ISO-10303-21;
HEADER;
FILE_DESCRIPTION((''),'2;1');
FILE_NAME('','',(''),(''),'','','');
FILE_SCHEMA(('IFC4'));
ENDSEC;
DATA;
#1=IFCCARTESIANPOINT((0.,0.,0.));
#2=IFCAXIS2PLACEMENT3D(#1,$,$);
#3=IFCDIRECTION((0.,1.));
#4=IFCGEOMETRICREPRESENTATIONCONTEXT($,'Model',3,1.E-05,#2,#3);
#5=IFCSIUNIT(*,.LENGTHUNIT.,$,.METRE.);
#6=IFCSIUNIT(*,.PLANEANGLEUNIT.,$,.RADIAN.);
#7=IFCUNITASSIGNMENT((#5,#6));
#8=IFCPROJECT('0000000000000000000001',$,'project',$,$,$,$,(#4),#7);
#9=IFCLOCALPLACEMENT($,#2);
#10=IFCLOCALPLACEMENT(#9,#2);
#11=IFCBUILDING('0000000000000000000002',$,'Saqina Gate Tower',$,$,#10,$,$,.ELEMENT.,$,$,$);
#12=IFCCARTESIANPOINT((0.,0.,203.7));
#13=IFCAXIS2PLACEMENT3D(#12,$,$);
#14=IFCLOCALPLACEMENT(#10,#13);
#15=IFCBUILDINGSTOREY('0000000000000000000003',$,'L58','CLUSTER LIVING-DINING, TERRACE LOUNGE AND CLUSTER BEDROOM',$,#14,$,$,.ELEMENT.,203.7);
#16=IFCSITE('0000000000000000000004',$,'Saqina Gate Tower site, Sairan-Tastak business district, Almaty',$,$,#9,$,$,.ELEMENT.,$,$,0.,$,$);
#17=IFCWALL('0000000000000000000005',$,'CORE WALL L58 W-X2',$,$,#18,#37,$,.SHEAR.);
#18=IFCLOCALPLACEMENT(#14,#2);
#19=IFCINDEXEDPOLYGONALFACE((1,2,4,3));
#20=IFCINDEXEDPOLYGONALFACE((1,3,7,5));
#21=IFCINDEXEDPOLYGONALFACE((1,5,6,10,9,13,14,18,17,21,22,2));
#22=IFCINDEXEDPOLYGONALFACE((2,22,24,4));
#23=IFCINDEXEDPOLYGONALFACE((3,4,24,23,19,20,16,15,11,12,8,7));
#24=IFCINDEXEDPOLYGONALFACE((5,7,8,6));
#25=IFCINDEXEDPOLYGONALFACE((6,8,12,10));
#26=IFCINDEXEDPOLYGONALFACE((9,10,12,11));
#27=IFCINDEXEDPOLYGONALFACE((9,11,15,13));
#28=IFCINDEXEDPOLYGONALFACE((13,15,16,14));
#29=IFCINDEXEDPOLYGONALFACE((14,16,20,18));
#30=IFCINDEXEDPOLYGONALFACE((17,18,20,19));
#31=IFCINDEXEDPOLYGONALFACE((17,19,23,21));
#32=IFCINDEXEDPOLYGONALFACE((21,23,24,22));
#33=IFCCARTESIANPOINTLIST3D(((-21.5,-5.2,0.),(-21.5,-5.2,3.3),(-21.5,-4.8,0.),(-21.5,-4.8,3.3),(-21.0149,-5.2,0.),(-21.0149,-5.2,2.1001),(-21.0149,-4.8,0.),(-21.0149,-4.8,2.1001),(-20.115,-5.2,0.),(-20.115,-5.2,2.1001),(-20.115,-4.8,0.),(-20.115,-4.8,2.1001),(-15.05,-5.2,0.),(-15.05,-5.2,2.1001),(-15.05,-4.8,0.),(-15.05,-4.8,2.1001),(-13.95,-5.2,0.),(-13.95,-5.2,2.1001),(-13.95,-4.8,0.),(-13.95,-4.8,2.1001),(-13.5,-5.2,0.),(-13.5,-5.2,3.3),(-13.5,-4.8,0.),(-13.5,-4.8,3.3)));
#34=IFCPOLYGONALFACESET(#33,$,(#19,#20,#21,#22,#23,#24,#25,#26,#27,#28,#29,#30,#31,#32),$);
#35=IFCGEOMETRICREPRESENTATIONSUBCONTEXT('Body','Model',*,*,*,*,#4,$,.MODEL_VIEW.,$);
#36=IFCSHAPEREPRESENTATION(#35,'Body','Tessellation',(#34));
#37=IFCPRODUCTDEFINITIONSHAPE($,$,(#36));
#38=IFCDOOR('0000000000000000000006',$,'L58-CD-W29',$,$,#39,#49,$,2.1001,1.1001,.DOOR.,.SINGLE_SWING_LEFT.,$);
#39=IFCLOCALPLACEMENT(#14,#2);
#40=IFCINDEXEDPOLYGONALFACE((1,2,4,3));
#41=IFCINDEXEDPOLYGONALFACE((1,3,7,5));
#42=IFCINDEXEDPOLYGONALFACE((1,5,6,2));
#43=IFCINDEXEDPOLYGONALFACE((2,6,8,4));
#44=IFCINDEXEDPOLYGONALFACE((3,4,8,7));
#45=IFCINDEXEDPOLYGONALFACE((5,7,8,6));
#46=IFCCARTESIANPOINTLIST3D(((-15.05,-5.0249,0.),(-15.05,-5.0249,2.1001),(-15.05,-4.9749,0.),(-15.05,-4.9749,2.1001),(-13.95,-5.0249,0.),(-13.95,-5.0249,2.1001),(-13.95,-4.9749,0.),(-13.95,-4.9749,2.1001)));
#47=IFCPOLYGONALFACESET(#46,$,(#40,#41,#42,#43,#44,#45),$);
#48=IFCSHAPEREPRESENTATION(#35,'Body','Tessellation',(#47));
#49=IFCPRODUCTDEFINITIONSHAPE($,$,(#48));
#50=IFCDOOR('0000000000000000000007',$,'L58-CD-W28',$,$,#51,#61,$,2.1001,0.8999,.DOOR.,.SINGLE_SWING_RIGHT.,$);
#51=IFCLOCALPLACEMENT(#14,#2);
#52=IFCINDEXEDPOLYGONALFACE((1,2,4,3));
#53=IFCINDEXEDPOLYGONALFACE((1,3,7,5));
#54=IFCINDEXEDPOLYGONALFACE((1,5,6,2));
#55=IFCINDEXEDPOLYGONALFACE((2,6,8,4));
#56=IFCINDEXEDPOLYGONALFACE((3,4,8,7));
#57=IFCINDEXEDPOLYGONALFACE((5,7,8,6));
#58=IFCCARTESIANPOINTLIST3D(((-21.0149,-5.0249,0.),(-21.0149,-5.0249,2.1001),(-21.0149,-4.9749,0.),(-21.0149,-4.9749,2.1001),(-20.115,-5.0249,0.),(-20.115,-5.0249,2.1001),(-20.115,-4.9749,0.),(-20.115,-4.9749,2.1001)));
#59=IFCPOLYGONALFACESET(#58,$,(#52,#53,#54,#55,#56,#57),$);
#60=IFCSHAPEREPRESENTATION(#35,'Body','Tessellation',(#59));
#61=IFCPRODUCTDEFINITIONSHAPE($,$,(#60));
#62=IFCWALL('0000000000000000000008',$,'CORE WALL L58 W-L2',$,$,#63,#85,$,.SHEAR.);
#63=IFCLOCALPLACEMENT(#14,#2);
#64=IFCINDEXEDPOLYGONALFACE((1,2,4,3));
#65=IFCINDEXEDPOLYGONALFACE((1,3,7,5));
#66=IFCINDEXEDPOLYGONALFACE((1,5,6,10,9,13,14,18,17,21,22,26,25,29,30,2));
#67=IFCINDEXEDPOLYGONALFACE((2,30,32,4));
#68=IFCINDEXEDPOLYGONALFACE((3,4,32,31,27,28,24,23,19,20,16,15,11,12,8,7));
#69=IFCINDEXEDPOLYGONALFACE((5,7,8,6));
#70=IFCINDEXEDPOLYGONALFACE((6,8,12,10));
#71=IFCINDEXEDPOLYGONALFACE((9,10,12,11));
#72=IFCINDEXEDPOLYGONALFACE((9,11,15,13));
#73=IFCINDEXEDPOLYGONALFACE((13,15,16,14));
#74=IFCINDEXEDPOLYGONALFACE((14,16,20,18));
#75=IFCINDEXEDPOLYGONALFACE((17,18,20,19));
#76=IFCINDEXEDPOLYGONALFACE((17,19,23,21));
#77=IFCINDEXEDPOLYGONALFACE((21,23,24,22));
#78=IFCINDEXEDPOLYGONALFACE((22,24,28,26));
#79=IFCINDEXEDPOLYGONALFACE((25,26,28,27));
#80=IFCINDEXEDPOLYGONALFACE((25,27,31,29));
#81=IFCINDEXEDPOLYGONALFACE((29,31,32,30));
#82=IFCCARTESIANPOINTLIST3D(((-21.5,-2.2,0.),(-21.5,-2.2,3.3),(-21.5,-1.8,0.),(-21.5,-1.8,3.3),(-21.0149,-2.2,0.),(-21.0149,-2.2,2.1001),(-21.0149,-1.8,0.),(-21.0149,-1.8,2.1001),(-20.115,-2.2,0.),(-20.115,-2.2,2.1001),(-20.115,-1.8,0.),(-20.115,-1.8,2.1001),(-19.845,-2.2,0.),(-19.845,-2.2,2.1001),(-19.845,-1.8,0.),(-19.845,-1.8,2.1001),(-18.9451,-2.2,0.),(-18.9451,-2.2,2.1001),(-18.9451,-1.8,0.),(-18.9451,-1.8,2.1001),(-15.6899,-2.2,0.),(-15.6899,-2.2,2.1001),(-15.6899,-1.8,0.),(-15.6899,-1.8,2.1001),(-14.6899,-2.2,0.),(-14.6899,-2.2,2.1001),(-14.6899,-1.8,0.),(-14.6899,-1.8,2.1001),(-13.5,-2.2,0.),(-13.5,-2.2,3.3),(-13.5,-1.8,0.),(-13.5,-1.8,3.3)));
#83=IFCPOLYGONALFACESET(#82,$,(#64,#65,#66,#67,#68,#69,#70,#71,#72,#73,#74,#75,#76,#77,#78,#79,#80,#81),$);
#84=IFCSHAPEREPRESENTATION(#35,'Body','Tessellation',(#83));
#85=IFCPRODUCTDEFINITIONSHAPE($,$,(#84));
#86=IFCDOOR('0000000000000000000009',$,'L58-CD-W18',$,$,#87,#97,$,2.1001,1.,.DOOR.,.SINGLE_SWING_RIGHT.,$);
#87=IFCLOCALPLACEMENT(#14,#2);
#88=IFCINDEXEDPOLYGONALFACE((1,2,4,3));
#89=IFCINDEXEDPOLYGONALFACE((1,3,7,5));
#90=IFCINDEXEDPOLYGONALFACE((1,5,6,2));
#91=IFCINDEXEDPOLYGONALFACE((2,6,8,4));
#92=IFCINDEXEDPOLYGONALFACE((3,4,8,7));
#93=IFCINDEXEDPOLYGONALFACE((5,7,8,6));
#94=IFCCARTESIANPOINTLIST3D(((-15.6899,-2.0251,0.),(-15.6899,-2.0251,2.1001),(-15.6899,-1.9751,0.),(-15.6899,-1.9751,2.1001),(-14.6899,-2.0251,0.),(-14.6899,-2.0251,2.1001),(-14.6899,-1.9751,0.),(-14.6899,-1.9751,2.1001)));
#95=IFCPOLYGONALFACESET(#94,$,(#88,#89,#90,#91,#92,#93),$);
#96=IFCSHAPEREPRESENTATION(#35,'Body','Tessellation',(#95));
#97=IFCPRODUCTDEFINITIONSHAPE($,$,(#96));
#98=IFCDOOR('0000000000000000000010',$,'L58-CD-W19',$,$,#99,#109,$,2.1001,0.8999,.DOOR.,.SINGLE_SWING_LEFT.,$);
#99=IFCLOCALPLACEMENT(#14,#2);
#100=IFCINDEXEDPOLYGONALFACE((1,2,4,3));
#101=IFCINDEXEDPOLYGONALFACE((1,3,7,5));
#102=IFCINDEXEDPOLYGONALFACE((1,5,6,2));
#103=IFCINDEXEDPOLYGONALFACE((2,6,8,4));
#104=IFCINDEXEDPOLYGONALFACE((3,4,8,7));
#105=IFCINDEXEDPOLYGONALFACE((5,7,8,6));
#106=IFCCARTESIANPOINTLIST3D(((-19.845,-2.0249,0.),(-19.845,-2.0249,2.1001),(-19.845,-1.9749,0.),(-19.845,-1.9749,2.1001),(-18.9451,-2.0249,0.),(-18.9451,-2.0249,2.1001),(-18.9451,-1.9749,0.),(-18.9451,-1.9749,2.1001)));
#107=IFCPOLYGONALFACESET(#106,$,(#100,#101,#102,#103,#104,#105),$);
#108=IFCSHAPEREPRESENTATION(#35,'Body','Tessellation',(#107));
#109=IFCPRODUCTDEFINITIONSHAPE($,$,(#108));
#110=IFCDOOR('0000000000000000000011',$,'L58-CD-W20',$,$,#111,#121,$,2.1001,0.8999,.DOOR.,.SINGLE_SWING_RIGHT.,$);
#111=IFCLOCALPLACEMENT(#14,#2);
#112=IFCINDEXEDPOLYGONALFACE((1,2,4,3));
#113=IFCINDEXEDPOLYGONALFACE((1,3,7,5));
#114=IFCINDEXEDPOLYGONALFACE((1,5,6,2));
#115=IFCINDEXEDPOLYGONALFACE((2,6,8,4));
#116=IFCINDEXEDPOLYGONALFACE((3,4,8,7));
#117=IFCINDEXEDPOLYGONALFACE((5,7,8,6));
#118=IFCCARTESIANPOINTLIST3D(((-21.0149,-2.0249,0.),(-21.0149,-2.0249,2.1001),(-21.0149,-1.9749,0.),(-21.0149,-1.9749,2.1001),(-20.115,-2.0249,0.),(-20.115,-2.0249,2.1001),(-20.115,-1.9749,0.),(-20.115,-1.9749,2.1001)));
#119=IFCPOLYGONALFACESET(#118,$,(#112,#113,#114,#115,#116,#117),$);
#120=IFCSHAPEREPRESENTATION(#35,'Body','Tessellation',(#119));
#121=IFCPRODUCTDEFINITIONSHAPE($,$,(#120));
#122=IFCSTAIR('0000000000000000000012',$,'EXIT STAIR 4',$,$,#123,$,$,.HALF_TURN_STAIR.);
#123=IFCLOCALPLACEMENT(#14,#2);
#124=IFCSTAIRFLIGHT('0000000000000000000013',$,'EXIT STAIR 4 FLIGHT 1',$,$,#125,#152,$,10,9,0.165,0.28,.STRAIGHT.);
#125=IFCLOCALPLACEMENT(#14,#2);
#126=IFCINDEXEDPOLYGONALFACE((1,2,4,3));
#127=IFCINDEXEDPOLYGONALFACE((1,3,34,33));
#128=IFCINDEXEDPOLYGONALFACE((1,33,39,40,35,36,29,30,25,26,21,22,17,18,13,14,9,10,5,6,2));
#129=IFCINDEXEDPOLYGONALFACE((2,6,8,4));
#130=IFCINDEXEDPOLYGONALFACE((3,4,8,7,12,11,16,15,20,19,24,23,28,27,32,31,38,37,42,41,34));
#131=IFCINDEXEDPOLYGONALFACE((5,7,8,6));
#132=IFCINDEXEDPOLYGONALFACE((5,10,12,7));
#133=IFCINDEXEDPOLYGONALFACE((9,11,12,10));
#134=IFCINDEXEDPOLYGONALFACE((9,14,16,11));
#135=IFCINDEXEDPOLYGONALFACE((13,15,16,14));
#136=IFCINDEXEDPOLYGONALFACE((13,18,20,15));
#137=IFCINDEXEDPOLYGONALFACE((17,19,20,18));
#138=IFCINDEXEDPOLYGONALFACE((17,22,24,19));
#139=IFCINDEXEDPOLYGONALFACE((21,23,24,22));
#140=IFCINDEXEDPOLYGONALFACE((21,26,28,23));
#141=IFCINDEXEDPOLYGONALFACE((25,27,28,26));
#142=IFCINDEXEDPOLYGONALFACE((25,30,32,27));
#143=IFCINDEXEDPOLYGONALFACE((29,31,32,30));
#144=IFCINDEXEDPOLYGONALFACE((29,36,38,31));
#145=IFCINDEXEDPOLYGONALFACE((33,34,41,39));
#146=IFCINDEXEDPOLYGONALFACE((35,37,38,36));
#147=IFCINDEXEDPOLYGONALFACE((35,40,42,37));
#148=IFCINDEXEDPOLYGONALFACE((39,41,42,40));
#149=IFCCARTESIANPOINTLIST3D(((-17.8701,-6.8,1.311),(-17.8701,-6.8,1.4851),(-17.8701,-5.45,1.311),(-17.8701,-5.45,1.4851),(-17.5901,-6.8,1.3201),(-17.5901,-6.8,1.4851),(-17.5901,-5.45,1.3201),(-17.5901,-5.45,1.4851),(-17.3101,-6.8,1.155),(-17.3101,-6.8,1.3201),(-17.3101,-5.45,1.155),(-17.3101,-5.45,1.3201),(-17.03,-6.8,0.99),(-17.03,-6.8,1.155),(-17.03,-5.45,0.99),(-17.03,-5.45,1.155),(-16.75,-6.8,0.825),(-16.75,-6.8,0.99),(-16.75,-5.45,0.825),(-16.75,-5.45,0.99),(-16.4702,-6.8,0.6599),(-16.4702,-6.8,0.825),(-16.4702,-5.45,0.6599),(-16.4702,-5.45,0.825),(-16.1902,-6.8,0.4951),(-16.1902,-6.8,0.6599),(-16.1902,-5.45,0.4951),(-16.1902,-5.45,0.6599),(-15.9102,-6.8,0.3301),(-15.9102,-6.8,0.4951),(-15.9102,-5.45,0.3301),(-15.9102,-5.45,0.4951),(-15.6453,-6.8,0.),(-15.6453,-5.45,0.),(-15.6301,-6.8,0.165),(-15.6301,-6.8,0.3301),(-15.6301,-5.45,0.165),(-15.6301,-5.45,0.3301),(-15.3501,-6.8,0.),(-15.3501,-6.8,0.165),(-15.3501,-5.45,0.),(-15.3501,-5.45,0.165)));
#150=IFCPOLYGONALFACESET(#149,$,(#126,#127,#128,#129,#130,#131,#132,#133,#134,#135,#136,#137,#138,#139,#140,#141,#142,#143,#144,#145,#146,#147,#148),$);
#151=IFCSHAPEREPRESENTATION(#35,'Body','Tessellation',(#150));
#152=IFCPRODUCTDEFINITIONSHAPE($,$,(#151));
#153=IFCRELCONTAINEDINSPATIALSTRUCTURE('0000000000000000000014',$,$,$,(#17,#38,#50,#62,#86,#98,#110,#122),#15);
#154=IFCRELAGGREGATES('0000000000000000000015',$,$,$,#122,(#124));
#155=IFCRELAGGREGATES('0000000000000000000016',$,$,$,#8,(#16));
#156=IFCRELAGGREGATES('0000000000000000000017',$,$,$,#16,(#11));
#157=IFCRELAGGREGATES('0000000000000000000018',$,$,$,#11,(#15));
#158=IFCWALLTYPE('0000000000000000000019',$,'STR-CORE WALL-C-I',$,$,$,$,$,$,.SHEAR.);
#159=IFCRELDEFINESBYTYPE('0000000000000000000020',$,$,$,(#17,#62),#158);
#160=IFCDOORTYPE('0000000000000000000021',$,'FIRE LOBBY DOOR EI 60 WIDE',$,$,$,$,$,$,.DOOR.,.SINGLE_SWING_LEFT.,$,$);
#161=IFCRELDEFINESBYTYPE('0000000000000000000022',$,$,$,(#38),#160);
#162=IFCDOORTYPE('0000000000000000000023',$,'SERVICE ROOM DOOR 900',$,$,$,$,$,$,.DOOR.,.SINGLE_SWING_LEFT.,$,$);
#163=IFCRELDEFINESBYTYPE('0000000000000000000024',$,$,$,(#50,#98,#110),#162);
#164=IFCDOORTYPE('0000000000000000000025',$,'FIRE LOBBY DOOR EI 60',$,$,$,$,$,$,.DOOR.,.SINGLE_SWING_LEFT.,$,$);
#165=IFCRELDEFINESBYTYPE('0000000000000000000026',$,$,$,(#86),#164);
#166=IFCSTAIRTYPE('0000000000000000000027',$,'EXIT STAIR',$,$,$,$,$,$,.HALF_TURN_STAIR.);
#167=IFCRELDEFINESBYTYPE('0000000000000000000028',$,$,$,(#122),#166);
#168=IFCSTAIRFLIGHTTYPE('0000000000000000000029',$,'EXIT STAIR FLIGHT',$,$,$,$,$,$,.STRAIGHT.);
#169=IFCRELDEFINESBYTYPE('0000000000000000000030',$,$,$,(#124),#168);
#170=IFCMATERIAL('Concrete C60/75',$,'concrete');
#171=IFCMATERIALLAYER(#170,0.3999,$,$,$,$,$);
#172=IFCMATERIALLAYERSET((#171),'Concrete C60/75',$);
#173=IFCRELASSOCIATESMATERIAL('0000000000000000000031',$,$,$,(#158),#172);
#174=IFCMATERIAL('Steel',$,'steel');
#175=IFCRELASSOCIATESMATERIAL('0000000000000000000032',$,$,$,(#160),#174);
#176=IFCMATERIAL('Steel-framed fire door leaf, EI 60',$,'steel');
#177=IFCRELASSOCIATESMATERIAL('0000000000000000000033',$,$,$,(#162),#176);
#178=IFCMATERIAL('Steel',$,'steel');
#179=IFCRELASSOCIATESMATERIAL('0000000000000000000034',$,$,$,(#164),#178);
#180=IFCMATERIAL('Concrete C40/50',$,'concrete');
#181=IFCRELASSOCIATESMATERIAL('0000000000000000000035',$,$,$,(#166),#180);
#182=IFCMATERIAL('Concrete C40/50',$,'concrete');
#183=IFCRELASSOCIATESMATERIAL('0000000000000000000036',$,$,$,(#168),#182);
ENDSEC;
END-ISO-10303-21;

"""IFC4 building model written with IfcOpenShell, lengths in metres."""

from ifc_helpers import new_model, si_unit, direction, frame, frame_2d, origin, place, context, subcontext, project, spatial, polyline, rectangle, outline, extrude, material, layer, layer_set, type_object, element, fill, aggregate, save


model = new_model("IFC4")

# Units and contexts
model_context = context("Model", 3, precision=1e-05, world=origin(), true_north=direction((0.0, 1.0)))
body_context = subcontext(model_context, "Body", "Model", "MODEL_VIEW")
ifc_project = project(units=[si_unit("LENGTHUNIT", "METRE"), si_unit("PLANEANGLEUNIT", "RADIAN")], contexts=[model_context])

# Site, building, storey
site_placement = place(None, origin())
site = spatial("IfcSite", under=ifc_project, at=site_placement, Name="Saqina Gate Tower site, Sairan-Tastak business district, Almaty", CompositionType="ELEMENT", RefElevation=0.0)
building_placement = place(site_placement, origin())
building = spatial("IfcBuilding", under=site, at=building_placement, Name="Saqina Gate Tower", CompositionType="ELEMENT")
storey_placement = place(building_placement, frame((0.0, 0.0, 203.7)))
storey = spatial("IfcBuildingStorey", under=building, at=storey_placement, Name="L58", Description="CLUSTER LIVING-DINING, TERRACE LOUNGE AND CLUSTER BEDROOM", CompositionType="ELEMENT", Elevation=203.7)

# Walls, openings, doors
ifc_material_1 = material(Name="Concrete C60/75", Category="concrete")
ifc_layer_1 = layer(ifc_material_1, 0.3999)
ifc_layer_set_1 = layer_set([ifc_layer_1], Name="Concrete C60/75")
wall_type_1 = type_object("IfcWallType", Name="STR-CORE WALL-C-I", PredefinedType="SHEAR", material=ifc_layer_set_1)
wall_1_placement = place(storey_placement, frame((-13.5, -5.0, 0.0), z_axis=(0.0, 0.0, 1.0), x_axis=(-1.0, 0.0, 0.0)))
wall_1 = element("IfcWall", 1, at=wall_1_placement, inside=storey, type_object=wall_type_1, Name="CORE WALL L58 W-X2", PredefinedType="SHEAR", context=body_context, shape_type="SweptSolid", body=[
    extrude(rectangle(XDim=8.0, YDim=0.3999, at=frame_2d((4.0, 0.0))), origin(), (0.0, 0.0, 1.0), 3.3),
])
opening_1_placement = place(wall_1_placement, frame((6.615, 0.0, 0.0)))
opening_1 = element("IfcOpeningElement", 2, at=opening_1_placement, cuts=wall_1, PredefinedType="OPENING", context=body_context, shape_type="SweptSolid", body=[
    extrude(rectangle(XDim=0.8999, YDim=2.1001, at=frame_2d((0.45, 1.05))), frame((0.0, 0.2119, 0.0), z_axis=(0.0, -1.0, 0.0), x_axis=(1.0, 0.0, 0.0)), (0.0, 0.0, 1.0), 0.4238),
])
opening_2_placement = place(wall_1_placement, frame((0.45, 0.0, 0.0)))
opening_2 = element("IfcOpeningElement", 3, at=opening_2_placement, cuts=wall_1, PredefinedType="OPENING", context=body_context, shape_type="SweptSolid", body=[
    extrude(rectangle(XDim=1.1001, YDim=2.1001, at=frame_2d((0.55, 1.05))), frame((0.0, 0.2119, 0.0), z_axis=(0.0, -1.0, 0.0), x_axis=(1.0, 0.0, 0.0)), (0.0, 0.0, 1.0), 0.4238),
])
ifc_material_2 = material(Name="Steel", Category="steel")
door_type_1 = type_object("IfcDoorType", Name="FIRE LOBBY DOOR EI 60 WIDE", OperationType="SINGLE_SWING_LEFT", PredefinedType="DOOR", material=ifc_material_2)
door_1_placement = place(opening_2_placement, origin())
door_1 = element("IfcDoor", 4, at=door_1_placement, inside=storey, type_object=door_type_1, Name="L58-CD-W29", OperationType="SINGLE_SWING_LEFT", OverallHeight=2.1001, OverallWidth=1.1001, PredefinedType="DOOR", context=body_context, shape_type="SweptSolid", body=[
    extrude(rectangle(XDim=1.1001, YDim=2.1001, at=frame_2d((0.55, 1.05))), frame((0.0, 0.0249, 0.0), z_axis=(0.0, -1.0, 0.0), x_axis=(1.0, 0.0, 0.0)), (0.0, 0.0, 1.0), 0.05),
])
fill(opening_2, door_1)
ifc_material_3 = material(Name="Steel-framed fire door leaf, EI 60", Category="steel")
door_type_2 = type_object("IfcDoorType", Name="SERVICE ROOM DOOR 900", OperationType="SINGLE_SWING_LEFT", PredefinedType="DOOR", material=ifc_material_3)
door_2_placement = place(opening_1_placement, origin())
door_2 = element("IfcDoor", 5, at=door_2_placement, inside=storey, type_object=door_type_2, Name="L58-CD-W28", OperationType="SINGLE_SWING_RIGHT", OverallHeight=2.1001, OverallWidth=0.8999, PredefinedType="DOOR", context=body_context, shape_type="SweptSolid", body=[
    extrude(rectangle(XDim=0.8999, YDim=2.1001, at=frame_2d((0.45, 1.05))), frame((0.0, 0.0249, 0.0), z_axis=(0.0, -1.0, 0.0), x_axis=(1.0, 0.0, 0.0)), (0.0, 0.0, 1.0), 0.05),
])
fill(opening_1, door_2)
wall_2_placement = place(storey_placement, frame((-13.5, -2.0, 0.0), z_axis=(0.0, 0.0, 1.0), x_axis=(-1.0, 0.0, 0.0)))
wall_2 = element("IfcWall", 6, at=wall_2_placement, inside=storey, type_object=wall_type_1, Name="CORE WALL L58 W-L2", PredefinedType="SHEAR", context=body_context, shape_type="SweptSolid", body=[
    extrude(rectangle(XDim=8.0, YDim=0.3999, at=frame_2d((4.0, 0.0))), origin(), (0.0, 0.0, 1.0), 3.3),
])
opening_3_placement = place(wall_2_placement, frame((1.1899, 0.0, 0.0)))
opening_3 = element("IfcOpeningElement", 7, at=opening_3_placement, cuts=wall_2, PredefinedType="OPENING", context=body_context, shape_type="SweptSolid", body=[
    extrude(rectangle(XDim=1.0, YDim=2.1001, at=frame_2d((0.5, 1.05))), frame((0.0, 0.2119, 0.0), z_axis=(0.0, -1.0, 0.0), x_axis=(1.0, 0.0, 0.0)), (0.0, 0.0, 1.0), 0.4238),
])
opening_4_placement = place(wall_2_placement, frame((5.4451, 0.0, 0.0)))
opening_4 = element("IfcOpeningElement", 8, at=opening_4_placement, cuts=wall_2, PredefinedType="OPENING", context=body_context, shape_type="SweptSolid", body=[
    extrude(rectangle(XDim=0.8999, YDim=2.1001, at=frame_2d((0.45, 1.05))), frame((0.0, 0.2119, 0.0), z_axis=(0.0, -1.0, 0.0), x_axis=(1.0, 0.0, 0.0)), (0.0, 0.0, 1.0), 0.4238),
])
opening_5_placement = place(wall_2_placement, frame((6.615, 0.0, 0.0)))
opening_5 = element("IfcOpeningElement", 9, at=opening_5_placement, cuts=wall_2, PredefinedType="OPENING", context=body_context, shape_type="SweptSolid", body=[
    extrude(rectangle(XDim=0.8999, YDim=2.1001, at=frame_2d((0.45, 1.05))), frame((0.0, 0.2119, 0.0), z_axis=(0.0, -1.0, 0.0), x_axis=(1.0, 0.0, 0.0)), (0.0, 0.0, 1.0), 0.4238),
])
ifc_material_4 = material(Name="Steel", Category="steel")
door_type_3 = type_object("IfcDoorType", Name="FIRE LOBBY DOOR EI 60", OperationType="SINGLE_SWING_LEFT", PredefinedType="DOOR", material=ifc_material_4)
door_3_placement = place(opening_3_placement, frame((1.0, 0.0, 0.0), z_axis=(0.0, 0.0, 1.0), x_axis=(-1.0, 0.0, 0.0)))
door_3 = element("IfcDoor", 10, at=door_3_placement, inside=storey, type_object=door_type_3, Name="L58-CD-W18", OperationType="SINGLE_SWING_RIGHT", OverallHeight=2.1001, OverallWidth=1.0, PredefinedType="DOOR", context=body_context, shape_type="SweptSolid", body=[
    extrude(rectangle(XDim=1.0, YDim=2.1001, at=frame_2d((0.5, 1.05))), frame((0.0, 0.0249, 0.0), z_axis=(0.0, -1.0, 0.0), x_axis=(1.0, 0.0, 0.0)), (0.0, 0.0, 1.0), 0.05),
])
fill(opening_3, door_3)
door_4_placement = place(opening_4_placement, origin())
door_4 = element("IfcDoor", 11, at=door_4_placement, inside=storey, type_object=door_type_2, Name="L58-CD-W19", OperationType="SINGLE_SWING_LEFT", OverallHeight=2.1001, OverallWidth=0.8999, PredefinedType="DOOR", context=body_context, shape_type="SweptSolid", body=[
    extrude(rectangle(XDim=0.8999, YDim=2.1001, at=frame_2d((0.45, 1.05))), frame((0.0, 0.0249, 0.0), z_axis=(0.0, -1.0, 0.0), x_axis=(1.0, 0.0, 0.0)), (0.0, 0.0, 1.0), 0.05),
])
fill(opening_4, door_4)
door_5_placement = place(opening_5_placement, origin())
door_5 = element("IfcDoor", 12, at=door_5_placement, inside=storey, type_object=door_type_2, Name="L58-CD-W20", OperationType="SINGLE_SWING_RIGHT", OverallHeight=2.1001, OverallWidth=0.8999, PredefinedType="DOOR", context=body_context, shape_type="SweptSolid", body=[
    extrude(rectangle(XDim=0.8999, YDim=2.1001, at=frame_2d((0.45, 1.05))), frame((0.0, 0.0249, 0.0), z_axis=(0.0, -1.0, 0.0), x_axis=(1.0, 0.0, 0.0)), (0.0, 0.0, 1.0), 0.05),
])
fill(opening_5, door_5)

# Stair, stair flight
ifc_material_5 = material(Name="Concrete C40/50", Category="concrete")
stair_type = type_object("IfcStairType", Name="EXIT STAIR", PredefinedType="HALF_TURN_STAIR", material=ifc_material_5)
stair_placement = place(storey_placement, origin())
stair = element("IfcStair", 13, at=stair_placement, inside=storey, type_object=stair_type, Name="EXIT STAIR 4", PredefinedType="HALF_TURN_STAIR")
ifc_material_6 = material(Name="Concrete C40/50", Category="concrete")
stair_flight_type = type_object("IfcStairFlightType", Name="EXIT STAIR FLIGHT", PredefinedType="STRAIGHT", material=ifc_material_6)
stair_flight_placement = place(storey_placement, frame((-15.3501, -6.125, 0.0), z_axis=(0.0, 0.0, 1.0), x_axis=(-1.0, 0.0, 0.0)))
stair_flight = element("IfcStairFlight", 14, at=stair_flight_placement, type_object=stair_flight_type, Name="EXIT STAIR 4 FLIGHT 1", NumberOfRisers=10, NumberOfTreads=9, PredefinedType="STRAIGHT", RiserHeight=0.165, TreadLength=0.28, context=body_context, shape_type="SweptSolid", body=[
    extrude(outline(polyline([(0.0, 0.0), (0.0, 0.165), (0.28, 0.165), (0.28, 0.3301), (0.5601, 0.3301), (0.5601, 0.4951), (0.8401, 0.4951), (0.8401, 0.6599), (1.1201, 0.6599), (1.1201, 0.825), (1.3999, 0.825), (1.3999, 0.99), (1.6799, 0.99), (1.6799, 1.155), (1.96, 1.155), (1.96, 1.3201), (2.24, 1.3201), (2.24, 1.4851), (2.52, 1.4851), (2.52, 1.6499), (2.52, 1.311), (0.2952, 0.0), (0.0, 0.0)])), frame((0.0, 0.675, 0.0), z_axis=(0.0, -1.0, 0.0), x_axis=(1.0, 0.0, 0.0)), (0.0, 0.0, 1.0), 1.3501),
])
aggregate(stair, [stair_flight])

save(model, "model.ifc")
